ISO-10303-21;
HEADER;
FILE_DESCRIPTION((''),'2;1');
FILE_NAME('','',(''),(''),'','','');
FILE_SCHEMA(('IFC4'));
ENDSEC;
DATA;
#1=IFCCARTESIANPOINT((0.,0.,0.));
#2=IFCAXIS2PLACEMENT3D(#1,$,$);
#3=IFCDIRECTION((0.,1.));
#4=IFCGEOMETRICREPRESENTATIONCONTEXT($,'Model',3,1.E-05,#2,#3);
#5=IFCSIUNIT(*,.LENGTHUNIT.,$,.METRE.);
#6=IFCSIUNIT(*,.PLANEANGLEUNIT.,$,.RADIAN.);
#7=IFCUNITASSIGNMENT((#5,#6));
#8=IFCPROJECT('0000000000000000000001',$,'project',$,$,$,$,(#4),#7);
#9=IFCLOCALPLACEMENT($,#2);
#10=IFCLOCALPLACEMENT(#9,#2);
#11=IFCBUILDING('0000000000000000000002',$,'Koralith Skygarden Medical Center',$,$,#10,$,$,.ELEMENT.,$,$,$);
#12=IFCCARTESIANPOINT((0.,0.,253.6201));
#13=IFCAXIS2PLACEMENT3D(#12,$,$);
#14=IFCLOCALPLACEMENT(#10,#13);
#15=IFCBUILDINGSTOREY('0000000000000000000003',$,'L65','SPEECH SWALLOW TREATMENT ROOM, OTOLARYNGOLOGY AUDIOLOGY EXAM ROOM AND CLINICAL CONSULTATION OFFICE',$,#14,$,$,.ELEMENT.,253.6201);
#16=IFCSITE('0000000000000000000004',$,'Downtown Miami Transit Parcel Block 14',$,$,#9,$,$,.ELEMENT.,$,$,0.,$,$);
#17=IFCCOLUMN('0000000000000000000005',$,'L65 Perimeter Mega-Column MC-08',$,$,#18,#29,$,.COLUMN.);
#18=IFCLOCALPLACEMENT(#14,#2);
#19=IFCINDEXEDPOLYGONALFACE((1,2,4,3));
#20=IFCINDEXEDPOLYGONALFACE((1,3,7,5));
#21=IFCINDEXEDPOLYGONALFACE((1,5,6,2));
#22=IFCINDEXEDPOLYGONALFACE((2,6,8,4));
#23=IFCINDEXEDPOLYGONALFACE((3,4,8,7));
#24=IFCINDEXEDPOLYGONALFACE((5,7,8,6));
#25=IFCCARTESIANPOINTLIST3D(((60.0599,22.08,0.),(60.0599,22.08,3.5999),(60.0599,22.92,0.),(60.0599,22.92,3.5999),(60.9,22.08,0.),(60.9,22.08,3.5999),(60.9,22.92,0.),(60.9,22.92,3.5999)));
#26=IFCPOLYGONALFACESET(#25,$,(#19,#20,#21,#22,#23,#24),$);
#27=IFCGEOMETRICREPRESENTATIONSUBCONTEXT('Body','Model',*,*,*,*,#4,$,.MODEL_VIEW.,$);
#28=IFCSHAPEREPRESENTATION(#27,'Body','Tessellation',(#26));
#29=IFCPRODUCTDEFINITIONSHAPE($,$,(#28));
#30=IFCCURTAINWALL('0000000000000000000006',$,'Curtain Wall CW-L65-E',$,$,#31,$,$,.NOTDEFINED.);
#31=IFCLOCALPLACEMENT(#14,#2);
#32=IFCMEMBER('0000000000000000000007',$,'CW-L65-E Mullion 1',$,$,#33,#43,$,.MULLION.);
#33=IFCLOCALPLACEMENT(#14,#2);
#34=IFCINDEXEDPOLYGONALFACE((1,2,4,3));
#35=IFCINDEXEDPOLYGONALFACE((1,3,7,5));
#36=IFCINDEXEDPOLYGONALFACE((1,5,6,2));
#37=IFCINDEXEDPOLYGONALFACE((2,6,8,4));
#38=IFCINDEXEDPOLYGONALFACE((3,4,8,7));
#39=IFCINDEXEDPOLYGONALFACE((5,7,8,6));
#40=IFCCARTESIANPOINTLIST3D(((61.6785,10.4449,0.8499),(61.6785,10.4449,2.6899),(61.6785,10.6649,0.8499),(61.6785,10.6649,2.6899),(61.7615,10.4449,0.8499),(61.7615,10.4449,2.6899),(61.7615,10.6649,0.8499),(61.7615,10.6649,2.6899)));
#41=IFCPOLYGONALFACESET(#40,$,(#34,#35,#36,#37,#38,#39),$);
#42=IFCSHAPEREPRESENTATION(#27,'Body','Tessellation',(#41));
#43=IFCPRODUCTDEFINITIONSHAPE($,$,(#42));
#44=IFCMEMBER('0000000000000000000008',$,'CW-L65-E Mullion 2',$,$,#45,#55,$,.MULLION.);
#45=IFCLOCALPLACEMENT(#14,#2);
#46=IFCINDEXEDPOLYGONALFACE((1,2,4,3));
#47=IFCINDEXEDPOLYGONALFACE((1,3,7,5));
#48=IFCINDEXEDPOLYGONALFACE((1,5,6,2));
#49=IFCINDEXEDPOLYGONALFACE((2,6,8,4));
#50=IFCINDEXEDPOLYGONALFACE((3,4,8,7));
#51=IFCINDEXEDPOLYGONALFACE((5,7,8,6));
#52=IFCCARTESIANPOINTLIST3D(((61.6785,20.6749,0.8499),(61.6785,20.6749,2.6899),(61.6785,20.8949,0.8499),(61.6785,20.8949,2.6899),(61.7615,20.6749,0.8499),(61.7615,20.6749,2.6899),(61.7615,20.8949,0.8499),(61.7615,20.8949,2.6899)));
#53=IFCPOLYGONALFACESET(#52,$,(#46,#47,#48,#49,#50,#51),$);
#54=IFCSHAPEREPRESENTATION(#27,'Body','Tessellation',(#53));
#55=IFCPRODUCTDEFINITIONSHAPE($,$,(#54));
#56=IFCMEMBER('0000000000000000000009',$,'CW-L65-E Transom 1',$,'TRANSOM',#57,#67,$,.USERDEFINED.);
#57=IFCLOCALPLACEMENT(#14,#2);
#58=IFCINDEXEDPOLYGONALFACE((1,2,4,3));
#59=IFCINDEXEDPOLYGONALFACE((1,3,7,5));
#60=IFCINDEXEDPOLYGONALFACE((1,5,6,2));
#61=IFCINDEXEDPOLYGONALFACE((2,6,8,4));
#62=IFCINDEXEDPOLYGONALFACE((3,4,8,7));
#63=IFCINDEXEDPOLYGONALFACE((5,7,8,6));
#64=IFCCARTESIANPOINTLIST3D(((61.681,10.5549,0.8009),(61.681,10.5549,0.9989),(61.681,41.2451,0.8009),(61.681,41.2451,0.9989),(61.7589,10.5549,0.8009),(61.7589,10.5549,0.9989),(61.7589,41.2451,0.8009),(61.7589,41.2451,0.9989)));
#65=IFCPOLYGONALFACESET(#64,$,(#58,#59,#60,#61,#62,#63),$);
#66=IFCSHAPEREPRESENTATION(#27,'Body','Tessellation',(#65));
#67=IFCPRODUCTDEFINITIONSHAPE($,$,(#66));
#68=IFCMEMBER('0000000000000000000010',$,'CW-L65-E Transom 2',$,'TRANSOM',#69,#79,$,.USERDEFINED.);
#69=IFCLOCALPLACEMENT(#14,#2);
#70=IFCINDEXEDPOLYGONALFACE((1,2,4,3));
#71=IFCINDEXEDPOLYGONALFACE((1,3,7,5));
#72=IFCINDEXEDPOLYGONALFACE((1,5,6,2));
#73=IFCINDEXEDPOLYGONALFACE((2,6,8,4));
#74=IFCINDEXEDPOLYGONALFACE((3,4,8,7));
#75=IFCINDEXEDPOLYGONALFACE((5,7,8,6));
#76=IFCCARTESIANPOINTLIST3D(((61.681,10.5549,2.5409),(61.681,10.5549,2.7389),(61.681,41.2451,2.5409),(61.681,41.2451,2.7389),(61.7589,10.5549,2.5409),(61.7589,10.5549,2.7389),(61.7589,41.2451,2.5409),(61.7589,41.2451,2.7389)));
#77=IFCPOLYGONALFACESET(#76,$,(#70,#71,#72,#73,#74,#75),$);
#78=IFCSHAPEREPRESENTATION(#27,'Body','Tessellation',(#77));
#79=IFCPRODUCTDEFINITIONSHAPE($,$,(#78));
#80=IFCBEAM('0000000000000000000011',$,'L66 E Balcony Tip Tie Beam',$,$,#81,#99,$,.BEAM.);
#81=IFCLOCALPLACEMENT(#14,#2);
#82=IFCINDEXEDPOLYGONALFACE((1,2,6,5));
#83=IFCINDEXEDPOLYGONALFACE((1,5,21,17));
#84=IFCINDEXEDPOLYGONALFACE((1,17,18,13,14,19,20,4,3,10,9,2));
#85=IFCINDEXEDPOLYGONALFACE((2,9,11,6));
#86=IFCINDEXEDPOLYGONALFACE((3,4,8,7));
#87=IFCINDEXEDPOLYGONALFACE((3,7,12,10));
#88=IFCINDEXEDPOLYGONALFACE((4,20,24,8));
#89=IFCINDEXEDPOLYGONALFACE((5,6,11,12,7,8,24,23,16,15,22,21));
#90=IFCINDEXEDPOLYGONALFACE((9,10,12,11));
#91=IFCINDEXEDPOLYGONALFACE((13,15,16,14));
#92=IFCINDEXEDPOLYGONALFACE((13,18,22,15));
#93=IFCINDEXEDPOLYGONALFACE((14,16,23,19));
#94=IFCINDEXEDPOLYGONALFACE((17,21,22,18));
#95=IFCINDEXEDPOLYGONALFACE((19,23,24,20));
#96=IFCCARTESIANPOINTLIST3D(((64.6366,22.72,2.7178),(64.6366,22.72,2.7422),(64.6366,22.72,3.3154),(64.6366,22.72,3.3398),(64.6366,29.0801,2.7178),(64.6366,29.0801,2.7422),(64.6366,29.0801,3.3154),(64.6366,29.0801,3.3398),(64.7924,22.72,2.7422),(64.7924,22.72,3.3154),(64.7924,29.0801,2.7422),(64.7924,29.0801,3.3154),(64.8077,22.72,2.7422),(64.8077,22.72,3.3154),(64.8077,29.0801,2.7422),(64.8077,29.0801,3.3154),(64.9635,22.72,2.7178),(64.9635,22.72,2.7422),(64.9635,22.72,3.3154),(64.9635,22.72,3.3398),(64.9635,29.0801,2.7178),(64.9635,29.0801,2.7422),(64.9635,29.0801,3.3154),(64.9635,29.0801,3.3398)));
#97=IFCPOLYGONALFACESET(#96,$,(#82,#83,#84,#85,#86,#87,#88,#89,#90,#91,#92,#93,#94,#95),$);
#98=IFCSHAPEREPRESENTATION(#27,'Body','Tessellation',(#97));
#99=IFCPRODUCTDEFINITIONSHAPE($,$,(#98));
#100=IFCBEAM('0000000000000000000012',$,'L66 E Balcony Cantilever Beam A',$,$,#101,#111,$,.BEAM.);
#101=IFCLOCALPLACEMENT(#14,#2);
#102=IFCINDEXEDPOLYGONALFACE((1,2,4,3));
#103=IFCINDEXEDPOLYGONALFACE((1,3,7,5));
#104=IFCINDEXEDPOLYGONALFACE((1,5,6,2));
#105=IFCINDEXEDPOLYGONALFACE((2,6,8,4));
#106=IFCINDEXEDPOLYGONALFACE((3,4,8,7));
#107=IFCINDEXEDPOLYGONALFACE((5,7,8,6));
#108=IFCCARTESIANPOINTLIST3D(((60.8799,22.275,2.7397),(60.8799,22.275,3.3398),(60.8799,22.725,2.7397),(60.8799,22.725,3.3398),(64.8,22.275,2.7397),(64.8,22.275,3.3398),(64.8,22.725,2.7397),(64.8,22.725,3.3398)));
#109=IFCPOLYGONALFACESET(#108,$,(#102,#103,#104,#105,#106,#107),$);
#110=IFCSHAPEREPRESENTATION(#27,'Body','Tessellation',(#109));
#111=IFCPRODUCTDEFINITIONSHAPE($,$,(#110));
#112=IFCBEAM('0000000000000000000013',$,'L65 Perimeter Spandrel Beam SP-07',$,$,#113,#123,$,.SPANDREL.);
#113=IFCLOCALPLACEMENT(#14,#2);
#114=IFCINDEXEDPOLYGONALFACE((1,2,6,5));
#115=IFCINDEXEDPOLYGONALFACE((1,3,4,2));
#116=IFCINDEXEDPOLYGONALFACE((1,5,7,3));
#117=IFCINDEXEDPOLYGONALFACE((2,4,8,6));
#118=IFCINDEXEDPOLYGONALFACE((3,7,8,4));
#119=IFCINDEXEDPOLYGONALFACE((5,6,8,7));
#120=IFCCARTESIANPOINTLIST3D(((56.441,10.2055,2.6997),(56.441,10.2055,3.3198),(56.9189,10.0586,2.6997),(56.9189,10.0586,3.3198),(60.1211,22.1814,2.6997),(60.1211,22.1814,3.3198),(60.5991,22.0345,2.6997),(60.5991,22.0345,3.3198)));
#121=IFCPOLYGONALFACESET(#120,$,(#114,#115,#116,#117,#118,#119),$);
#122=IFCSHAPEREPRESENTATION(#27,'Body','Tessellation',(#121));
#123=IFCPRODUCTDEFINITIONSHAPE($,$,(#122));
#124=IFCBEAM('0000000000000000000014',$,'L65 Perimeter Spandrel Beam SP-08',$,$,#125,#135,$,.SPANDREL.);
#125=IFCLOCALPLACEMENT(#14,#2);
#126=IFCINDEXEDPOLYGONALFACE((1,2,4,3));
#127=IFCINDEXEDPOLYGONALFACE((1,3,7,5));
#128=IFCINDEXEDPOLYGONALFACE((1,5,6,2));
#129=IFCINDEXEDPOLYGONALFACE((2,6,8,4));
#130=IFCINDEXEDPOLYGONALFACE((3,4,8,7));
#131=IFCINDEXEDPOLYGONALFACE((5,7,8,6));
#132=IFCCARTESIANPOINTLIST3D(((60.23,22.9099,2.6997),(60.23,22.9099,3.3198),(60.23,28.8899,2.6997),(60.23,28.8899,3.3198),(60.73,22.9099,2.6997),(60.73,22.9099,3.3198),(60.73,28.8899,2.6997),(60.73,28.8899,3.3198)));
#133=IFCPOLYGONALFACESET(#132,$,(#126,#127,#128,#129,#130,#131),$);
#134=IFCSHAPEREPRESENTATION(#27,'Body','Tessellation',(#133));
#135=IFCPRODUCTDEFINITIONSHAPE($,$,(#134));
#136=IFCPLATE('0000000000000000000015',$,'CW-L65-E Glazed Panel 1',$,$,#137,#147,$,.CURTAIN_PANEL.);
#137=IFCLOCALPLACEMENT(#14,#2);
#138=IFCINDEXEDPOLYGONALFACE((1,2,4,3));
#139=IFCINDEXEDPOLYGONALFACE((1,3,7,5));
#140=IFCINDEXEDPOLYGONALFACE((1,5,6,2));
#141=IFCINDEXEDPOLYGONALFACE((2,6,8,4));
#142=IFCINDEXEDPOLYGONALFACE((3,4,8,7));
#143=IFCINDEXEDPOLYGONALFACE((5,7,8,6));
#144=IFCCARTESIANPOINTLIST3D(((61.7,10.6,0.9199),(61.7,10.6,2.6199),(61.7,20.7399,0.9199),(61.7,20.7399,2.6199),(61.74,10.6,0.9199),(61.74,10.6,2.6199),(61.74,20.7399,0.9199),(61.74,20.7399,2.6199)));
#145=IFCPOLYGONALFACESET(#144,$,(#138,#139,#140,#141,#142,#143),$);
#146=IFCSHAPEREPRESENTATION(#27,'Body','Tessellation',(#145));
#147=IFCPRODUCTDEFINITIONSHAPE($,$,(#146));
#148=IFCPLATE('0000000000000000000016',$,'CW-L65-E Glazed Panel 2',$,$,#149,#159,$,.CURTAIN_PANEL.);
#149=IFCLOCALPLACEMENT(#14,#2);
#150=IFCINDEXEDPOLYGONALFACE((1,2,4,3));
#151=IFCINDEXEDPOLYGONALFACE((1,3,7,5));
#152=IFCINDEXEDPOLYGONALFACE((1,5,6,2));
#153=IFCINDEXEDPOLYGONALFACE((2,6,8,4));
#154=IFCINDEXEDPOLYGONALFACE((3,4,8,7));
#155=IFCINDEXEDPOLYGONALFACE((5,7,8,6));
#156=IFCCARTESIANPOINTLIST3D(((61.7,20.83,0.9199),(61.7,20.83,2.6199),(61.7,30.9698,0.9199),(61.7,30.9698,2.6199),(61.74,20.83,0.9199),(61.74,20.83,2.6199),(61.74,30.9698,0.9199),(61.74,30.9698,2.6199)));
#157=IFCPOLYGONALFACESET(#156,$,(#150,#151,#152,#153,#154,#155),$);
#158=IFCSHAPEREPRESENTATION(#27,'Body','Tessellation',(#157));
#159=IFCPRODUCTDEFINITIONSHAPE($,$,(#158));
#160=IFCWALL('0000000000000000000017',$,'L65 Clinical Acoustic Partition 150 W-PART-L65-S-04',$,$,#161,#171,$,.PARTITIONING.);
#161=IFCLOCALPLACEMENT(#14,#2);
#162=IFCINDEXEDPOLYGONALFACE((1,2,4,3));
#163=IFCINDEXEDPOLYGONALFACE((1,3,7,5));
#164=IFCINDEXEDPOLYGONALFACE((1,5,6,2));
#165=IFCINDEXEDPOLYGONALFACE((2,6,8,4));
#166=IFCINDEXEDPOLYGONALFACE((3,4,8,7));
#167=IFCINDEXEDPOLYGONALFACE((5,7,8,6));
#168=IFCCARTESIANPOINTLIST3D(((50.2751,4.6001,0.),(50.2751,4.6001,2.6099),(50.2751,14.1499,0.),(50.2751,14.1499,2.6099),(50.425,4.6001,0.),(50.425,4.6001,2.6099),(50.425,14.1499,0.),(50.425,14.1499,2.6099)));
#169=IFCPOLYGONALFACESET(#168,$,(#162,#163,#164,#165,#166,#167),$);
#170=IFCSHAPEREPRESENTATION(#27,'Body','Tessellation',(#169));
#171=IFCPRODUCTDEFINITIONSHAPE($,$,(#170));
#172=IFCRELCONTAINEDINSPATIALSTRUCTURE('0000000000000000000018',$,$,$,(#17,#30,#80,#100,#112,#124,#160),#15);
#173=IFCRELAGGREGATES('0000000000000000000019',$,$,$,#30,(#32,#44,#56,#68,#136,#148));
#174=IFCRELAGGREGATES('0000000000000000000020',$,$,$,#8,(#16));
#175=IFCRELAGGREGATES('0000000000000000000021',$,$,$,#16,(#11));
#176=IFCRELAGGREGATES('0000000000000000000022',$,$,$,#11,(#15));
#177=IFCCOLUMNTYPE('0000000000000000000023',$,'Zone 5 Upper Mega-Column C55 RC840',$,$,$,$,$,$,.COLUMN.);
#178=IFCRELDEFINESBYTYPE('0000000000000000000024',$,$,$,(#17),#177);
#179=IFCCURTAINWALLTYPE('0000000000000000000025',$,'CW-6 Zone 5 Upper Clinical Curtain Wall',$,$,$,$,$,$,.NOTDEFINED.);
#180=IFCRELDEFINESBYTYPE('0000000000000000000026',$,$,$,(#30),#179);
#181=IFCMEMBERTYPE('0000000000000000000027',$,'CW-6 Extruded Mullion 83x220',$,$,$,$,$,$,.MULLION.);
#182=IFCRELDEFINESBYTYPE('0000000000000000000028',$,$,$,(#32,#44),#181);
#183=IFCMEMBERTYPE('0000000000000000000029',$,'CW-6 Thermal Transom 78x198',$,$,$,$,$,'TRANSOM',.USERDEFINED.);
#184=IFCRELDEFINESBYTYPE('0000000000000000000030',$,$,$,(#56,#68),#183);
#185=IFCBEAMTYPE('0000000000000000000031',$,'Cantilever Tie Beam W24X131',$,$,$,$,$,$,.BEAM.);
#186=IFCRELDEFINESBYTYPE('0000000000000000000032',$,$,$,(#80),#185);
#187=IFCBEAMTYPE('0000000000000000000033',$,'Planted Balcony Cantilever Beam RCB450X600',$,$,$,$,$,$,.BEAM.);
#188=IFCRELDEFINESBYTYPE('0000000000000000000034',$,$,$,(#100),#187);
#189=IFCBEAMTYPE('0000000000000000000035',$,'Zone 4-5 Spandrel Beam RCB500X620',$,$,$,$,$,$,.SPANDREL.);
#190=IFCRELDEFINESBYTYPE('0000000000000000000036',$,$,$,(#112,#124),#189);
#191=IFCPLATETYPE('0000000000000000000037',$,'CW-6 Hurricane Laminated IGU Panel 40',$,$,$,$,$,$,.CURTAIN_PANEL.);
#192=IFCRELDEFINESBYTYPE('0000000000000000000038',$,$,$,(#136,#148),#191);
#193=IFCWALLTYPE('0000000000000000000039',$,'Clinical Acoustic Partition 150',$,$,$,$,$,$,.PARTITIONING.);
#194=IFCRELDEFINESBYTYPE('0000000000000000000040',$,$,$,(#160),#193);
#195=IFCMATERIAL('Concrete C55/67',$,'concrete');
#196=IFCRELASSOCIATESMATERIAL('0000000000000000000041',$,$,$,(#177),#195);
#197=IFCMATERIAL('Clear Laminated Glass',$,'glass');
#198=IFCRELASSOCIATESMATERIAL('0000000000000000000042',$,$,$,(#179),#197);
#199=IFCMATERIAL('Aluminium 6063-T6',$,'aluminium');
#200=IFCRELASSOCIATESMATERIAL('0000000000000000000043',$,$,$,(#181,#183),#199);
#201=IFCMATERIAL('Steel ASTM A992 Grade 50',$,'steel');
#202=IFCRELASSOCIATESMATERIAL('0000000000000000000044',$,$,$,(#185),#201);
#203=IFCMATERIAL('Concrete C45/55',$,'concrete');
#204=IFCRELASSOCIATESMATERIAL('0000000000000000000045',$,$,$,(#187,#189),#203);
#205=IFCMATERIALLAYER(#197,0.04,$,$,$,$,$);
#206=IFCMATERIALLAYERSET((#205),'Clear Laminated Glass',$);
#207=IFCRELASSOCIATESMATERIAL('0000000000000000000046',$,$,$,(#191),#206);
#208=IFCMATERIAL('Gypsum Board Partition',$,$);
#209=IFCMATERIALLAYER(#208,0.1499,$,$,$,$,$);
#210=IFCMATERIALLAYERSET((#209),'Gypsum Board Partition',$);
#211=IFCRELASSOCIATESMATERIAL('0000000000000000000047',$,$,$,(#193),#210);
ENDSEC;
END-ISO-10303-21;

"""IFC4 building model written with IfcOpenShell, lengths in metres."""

from ifc_helpers import new_model, si_unit, direction, frame, frame_2d, origin, origin_2d, place, context, subcontext, project, spatial, rectangle, i_section, extrude, material, layer, layer_set, material_profile, profile_set, type_object, element, aggregate, save


model = new_model("IFC4")

# Units and contexts
model_context = context("Model", 3, precision=1e-05, world=origin(), true_north=direction((0.0, 1.0)))
body_context = subcontext(model_context, "Body", "Model", "MODEL_VIEW")
ifc_project = project(units=[si_unit("LENGTHUNIT", "METRE"), si_unit("PLANEANGLEUNIT", "RADIAN")], contexts=[model_context])

# Site, building, storey
site_placement = place(None, origin())
site = spatial("IfcSite", under=ifc_project, at=site_placement, Name="Downtown Miami Transit Parcel Block 14", CompositionType="ELEMENT", RefElevation=0.0)
building_placement = place(site_placement, origin())
building = spatial("IfcBuilding", under=site, at=building_placement, Name="Koralith Skygarden Medical Center", CompositionType="ELEMENT")
storey_placement = place(building_placement, frame((0.0, 0.0, 253.6201)))
storey = spatial("IfcBuildingStorey", under=building, at=storey_placement, Name="L65", Description="SPEECH SWALLOW TREATMENT ROOM, OTOLARYNGOLOGY AUDIOLOGY EXAM ROOM AND CLINICAL CONSULTATION OFFICE", CompositionType="ELEMENT", Elevation=253.6201)

# Column
ifc_material_1 = material(Name="Concrete C55/67", Category="concrete")
ifc_material_profile_1 = material_profile(ifc_material_1, rectangle(XDim=0.8401, YDim=0.8401, at=origin_2d()), Name="RC840X840")
ifc_profile_set_1 = profile_set([ifc_material_profile_1], Name="Concrete C55/67")
column_type = type_object("IfcColumnType", Name="Zone 5 Upper Mega-Column C55 RC840", PredefinedType="COLUMN", material=ifc_profile_set_1)
column_placement = place(storey_placement, frame((60.48, 22.5, 0.0), z_axis=(0.0, 0.0, 1.0), x_axis=(1.0, 0.0, 0.0)))
element("IfcColumn", 1, at=column_placement, inside=storey, type_object=column_type, Name="L65 Perimeter Mega-Column MC-08", PredefinedType="COLUMN", context=body_context, shape_type="SweptSolid", body=[
    extrude(rectangle(XDim=0.8401, YDim=0.8401, at=origin_2d()), origin(), (0.0, 0.0, 1.0), 3.5999),
])

# Curtain wall, members
ifc_material_2 = material(Name="Clear Laminated Glass", Category="glass")
curtain_wall_type = type_object("IfcCurtainWallType", Name="CW-6 Zone 5 Upper Clinical Curtain Wall", PredefinedType="NOTDEFINED", material=ifc_material_2)
curtain_wall_placement = place(storey_placement, origin())
curtain_wall = element("IfcCurtainWall", 2, at=curtain_wall_placement, inside=storey, type_object=curtain_wall_type, Name="Curtain Wall CW-L65-E", PredefinedType="NOTDEFINED")
ifc_material_3 = material(Name="Aluminium 6063-T6", Category="aluminium")
ifc_material_profile_2 = material_profile(ifc_material_3, rectangle(XDim=0.083, YDim=0.22, at=origin_2d()), Name="MUL83X220")
ifc_profile_set_2 = profile_set([ifc_material_profile_2], Name="Aluminium 6063-T6")
member_type_1 = type_object("IfcMemberType", Name="CW-6 Extruded Mullion 83x220", PredefinedType="MULLION", material=ifc_profile_set_2)
member_1_placement = place(storey_placement, frame((61.72, 10.5549, 0.8499), z_axis=(0.0, 0.0, 1.0), x_axis=(1.0, 0.0, 0.0)))
member_1 = element("IfcMember", 3, at=member_1_placement, type_object=member_type_1, Name="CW-L65-E Mullion 1", PredefinedType="MULLION", context=body_context, shape_type="SweptSolid", body=[
    extrude(rectangle(XDim=0.083, YDim=0.22, at=origin_2d()), origin(), (0.0, 0.0, 1.0), 1.8401),
])
member_2_placement = place(storey_placement, frame((61.72, 20.7849, 0.8499), z_axis=(0.0, 0.0, 1.0), x_axis=(1.0, 0.0, 0.0)))
member_2 = element("IfcMember", 4, at=member_2_placement, type_object=member_type_1, Name="CW-L65-E Mullion 2", PredefinedType="MULLION", context=body_context, shape_type="SweptSolid", body=[
    extrude(rectangle(XDim=0.083, YDim=0.22, at=origin_2d()), origin(), (0.0, 0.0, 1.0), 1.8401),
])
ifc_material_profile_3 = material_profile(ifc_material_3, rectangle(XDim=0.0779, YDim=0.198, at=origin_2d()), Name="TRN78X198")
ifc_profile_set_3 = profile_set([ifc_material_profile_3], Name="Aluminium 6063-T6")
member_type_2 = type_object("IfcMemberType", Name="CW-6 Thermal Transom 78x198", ElementType="TRANSOM", PredefinedType="USERDEFINED", material=ifc_profile_set_3)
member_3_placement = place(storey_placement, frame((61.72, 10.5549, 0.8999), z_axis=(0.0, 1.0, 0.0), x_axis=(-1.0, 0.0, 0.0)))
member_3 = element("IfcMember", 5, at=member_3_placement, type_object=member_type_2, Name="CW-L65-E Transom 1", ObjectType="TRANSOM", PredefinedType="USERDEFINED", context=body_context, shape_type="SweptSolid", body=[
    extrude(rectangle(XDim=0.0779, YDim=0.198, at=origin_2d()), origin(), (0.0, 0.0, 1.0), 30.6902),
])
member_4_placement = place(storey_placement, frame((61.72, 10.5549, 2.6399), z_axis=(0.0, 1.0, 0.0), x_axis=(-1.0, 0.0, 0.0)))
member_4 = element("IfcMember", 6, at=member_4_placement, type_object=member_type_2, Name="CW-L65-E Transom 2", ObjectType="TRANSOM", PredefinedType="USERDEFINED", context=body_context, shape_type="SweptSolid", body=[
    extrude(rectangle(XDim=0.0779, YDim=0.198, at=origin_2d()), origin(), (0.0, 0.0, 1.0), 30.6902),
])

# Beams
ifc_material_4 = material(Name="Steel ASTM A992 Grade 50", Category="steel")
ifc_material_profile_4 = material_profile(ifc_material_4, i_section(OverallWidth=0.3269, OverallDepth=0.6221, WebThickness=0.0154, FlangeThickness=0.0244, at=origin_2d()), Name="W24X131")
ifc_profile_set_4 = profile_set([ifc_material_profile_4], Name="Steel ASTM A992 Grade 50")
beam_type_1 = type_object("IfcBeamType", Name="Cantilever Tie Beam W24X131", PredefinedType="BEAM", material=ifc_profile_set_4)
beam_1_placement = place(storey_placement, frame((64.8, 22.72, 3.0288), z_axis=(0.0, 1.0, 0.0), x_axis=(-1.0, 0.0, 0.0)))
element("IfcBeam", 7, at=beam_1_placement, inside=storey, type_object=beam_type_1, Name="L66 E Balcony Tip Tie Beam", PredefinedType="BEAM", context=body_context, shape_type="SweptSolid", body=[
    extrude(i_section(OverallWidth=0.3269, OverallDepth=0.6221, WebThickness=0.0154, FlangeThickness=0.0244, at=origin_2d()), origin(), (0.0, 0.0, 1.0), 6.3601),
])
ifc_material_5 = material(Name="Concrete C45/55", Category="concrete")
ifc_material_profile_5 = material_profile(ifc_material_5, rectangle(XDim=0.45, YDim=0.6001, at=origin_2d()), Name="RCB450X600")
ifc_profile_set_5 = profile_set([ifc_material_profile_5], Name="Concrete C45/55")
beam_type_2 = type_object("IfcBeamType", Name="Planted Balcony Cantilever Beam RCB450X600", PredefinedType="BEAM", material=ifc_profile_set_5)
beam_2_placement = place(storey_placement, frame((60.8799, 22.5, 3.0398), z_axis=(1.0, 0.0, 0.0), x_axis=(0.0, 1.0, 0.0)))
element("IfcBeam", 8, at=beam_2_placement, inside=storey, type_object=beam_type_2, Name="L66 E Balcony Cantilever Beam A", PredefinedType="BEAM", context=body_context, shape_type="SweptSolid", body=[
    extrude(rectangle(XDim=0.45, YDim=0.6001, at=origin_2d()), origin(), (0.0, 0.0, 1.0), 3.9202),
])
ifc_material_profile_6 = material_profile(ifc_material_5, rectangle(XDim=0.5, YDim=0.6201, at=origin_2d()), Name="RCB500X620")
ifc_profile_set_6 = profile_set([ifc_material_profile_6], Name="Concrete C45/55")
beam_type_3 = type_object("IfcBeamType", Name="Zone 4-5 Spandrel Beam RCB500X620", PredefinedType="SPANDREL", material=ifc_profile_set_6)
beam_3_placement = place(storey_placement, frame((56.6799, 10.1321, 3.0098), z_axis=(0.293743, 0.955884, 0.0), x_axis=(-0.955884, 0.293743, 0.0)))
element("IfcBeam", 9, at=beam_3_placement, inside=storey, type_object=beam_type_3, Name="L65 Perimeter Spandrel Beam SP-07", PredefinedType="SPANDREL", context=body_context, shape_type="SweptSolid", body=[
    extrude(rectangle(XDim=0.5, YDim=0.6201, at=origin_2d()), origin(), (0.0, 0.0, 1.0), 12.5286),
])
beam_4_placement = place(storey_placement, frame((60.48, 22.9099, 3.0098), z_axis=(0.0, 1.0, 0.0), x_axis=(-1.0, 0.0, 0.0)))
element("IfcBeam", 10, at=beam_4_placement, inside=storey, type_object=beam_type_3, Name="L65 Perimeter Spandrel Beam SP-08", PredefinedType="SPANDREL", context=body_context, shape_type="SweptSolid", body=[
    extrude(rectangle(XDim=0.5, YDim=0.6201, at=origin_2d()), origin(), (0.0, 0.0, 1.0), 5.98),
])

# Plates
ifc_layer_1 = layer(ifc_material_2, 0.04)
ifc_layer_set_1 = layer_set([ifc_layer_1], Name="Clear Laminated Glass")
plate_type = type_object("IfcPlateType", Name="CW-6 Hurricane Laminated IGU Panel 40", PredefinedType="CURTAIN_PANEL", material=ifc_layer_set_1)
plate_1_placement = place(storey_placement, frame((61.72, 15.6699, 0.9199), z_axis=(0.0, 0.0, 1.0), x_axis=(0.0, 1.0, 0.0)))
plate_1 = element("IfcPlate", 11, at=plate_1_placement, type_object=plate_type, Name="CW-L65-E Glazed Panel 1", PredefinedType="CURTAIN_PANEL", context=body_context, shape_type="SweptSolid", body=[
    extrude(rectangle(XDim=10.1399, YDim=0.04, at=origin_2d()), origin(), (0.0, 0.0, 1.0), 1.7),
])
plate_2_placement = place(storey_placement, frame((61.72, 25.8999, 0.9199), z_axis=(0.0, 0.0, 1.0), x_axis=(0.0, 1.0, 0.0)))
plate_2 = element("IfcPlate", 12, at=plate_2_placement, type_object=plate_type, Name="CW-L65-E Glazed Panel 2", PredefinedType="CURTAIN_PANEL", context=body_context, shape_type="SweptSolid", body=[
    extrude(rectangle(XDim=10.1399, YDim=0.04, at=origin_2d()), origin(), (0.0, 0.0, 1.0), 1.7),
])
aggregate(curtain_wall, [member_1, member_2, member_3, member_4, plate_1, plate_2])

# Wall
ifc_material_6 = material(Name="Gypsum Board Partition")
ifc_layer_2 = layer(ifc_material_6, 0.1499)
ifc_layer_set_2 = layer_set([ifc_layer_2], Name="Gypsum Board Partition")
wall_type_1 = type_object("IfcWallType", Name="Clinical Acoustic Partition 150", PredefinedType="PARTITIONING", material=ifc_layer_set_2)
wall_1_placement = place(storey_placement, frame((50.3501, 14.1499, 0.0), z_axis=(0.0, 0.0, 1.0), x_axis=(0.0, -1.0, 0.0)))
element("IfcWall", 13, at=wall_1_placement, inside=storey, type_object=wall_type_1, Name="L65 Clinical Acoustic Partition 150 W-PART-L65-S-04", PredefinedType="PARTITIONING", context=body_context, shape_type="SweptSolid", body=[
    extrude(rectangle(XDim=9.5498, YDim=0.1499, at=frame_2d((4.7749, 0.0))), origin(), (0.0, 0.0, 1.0), 2.6099),
])

save(model, "model.ifc")
